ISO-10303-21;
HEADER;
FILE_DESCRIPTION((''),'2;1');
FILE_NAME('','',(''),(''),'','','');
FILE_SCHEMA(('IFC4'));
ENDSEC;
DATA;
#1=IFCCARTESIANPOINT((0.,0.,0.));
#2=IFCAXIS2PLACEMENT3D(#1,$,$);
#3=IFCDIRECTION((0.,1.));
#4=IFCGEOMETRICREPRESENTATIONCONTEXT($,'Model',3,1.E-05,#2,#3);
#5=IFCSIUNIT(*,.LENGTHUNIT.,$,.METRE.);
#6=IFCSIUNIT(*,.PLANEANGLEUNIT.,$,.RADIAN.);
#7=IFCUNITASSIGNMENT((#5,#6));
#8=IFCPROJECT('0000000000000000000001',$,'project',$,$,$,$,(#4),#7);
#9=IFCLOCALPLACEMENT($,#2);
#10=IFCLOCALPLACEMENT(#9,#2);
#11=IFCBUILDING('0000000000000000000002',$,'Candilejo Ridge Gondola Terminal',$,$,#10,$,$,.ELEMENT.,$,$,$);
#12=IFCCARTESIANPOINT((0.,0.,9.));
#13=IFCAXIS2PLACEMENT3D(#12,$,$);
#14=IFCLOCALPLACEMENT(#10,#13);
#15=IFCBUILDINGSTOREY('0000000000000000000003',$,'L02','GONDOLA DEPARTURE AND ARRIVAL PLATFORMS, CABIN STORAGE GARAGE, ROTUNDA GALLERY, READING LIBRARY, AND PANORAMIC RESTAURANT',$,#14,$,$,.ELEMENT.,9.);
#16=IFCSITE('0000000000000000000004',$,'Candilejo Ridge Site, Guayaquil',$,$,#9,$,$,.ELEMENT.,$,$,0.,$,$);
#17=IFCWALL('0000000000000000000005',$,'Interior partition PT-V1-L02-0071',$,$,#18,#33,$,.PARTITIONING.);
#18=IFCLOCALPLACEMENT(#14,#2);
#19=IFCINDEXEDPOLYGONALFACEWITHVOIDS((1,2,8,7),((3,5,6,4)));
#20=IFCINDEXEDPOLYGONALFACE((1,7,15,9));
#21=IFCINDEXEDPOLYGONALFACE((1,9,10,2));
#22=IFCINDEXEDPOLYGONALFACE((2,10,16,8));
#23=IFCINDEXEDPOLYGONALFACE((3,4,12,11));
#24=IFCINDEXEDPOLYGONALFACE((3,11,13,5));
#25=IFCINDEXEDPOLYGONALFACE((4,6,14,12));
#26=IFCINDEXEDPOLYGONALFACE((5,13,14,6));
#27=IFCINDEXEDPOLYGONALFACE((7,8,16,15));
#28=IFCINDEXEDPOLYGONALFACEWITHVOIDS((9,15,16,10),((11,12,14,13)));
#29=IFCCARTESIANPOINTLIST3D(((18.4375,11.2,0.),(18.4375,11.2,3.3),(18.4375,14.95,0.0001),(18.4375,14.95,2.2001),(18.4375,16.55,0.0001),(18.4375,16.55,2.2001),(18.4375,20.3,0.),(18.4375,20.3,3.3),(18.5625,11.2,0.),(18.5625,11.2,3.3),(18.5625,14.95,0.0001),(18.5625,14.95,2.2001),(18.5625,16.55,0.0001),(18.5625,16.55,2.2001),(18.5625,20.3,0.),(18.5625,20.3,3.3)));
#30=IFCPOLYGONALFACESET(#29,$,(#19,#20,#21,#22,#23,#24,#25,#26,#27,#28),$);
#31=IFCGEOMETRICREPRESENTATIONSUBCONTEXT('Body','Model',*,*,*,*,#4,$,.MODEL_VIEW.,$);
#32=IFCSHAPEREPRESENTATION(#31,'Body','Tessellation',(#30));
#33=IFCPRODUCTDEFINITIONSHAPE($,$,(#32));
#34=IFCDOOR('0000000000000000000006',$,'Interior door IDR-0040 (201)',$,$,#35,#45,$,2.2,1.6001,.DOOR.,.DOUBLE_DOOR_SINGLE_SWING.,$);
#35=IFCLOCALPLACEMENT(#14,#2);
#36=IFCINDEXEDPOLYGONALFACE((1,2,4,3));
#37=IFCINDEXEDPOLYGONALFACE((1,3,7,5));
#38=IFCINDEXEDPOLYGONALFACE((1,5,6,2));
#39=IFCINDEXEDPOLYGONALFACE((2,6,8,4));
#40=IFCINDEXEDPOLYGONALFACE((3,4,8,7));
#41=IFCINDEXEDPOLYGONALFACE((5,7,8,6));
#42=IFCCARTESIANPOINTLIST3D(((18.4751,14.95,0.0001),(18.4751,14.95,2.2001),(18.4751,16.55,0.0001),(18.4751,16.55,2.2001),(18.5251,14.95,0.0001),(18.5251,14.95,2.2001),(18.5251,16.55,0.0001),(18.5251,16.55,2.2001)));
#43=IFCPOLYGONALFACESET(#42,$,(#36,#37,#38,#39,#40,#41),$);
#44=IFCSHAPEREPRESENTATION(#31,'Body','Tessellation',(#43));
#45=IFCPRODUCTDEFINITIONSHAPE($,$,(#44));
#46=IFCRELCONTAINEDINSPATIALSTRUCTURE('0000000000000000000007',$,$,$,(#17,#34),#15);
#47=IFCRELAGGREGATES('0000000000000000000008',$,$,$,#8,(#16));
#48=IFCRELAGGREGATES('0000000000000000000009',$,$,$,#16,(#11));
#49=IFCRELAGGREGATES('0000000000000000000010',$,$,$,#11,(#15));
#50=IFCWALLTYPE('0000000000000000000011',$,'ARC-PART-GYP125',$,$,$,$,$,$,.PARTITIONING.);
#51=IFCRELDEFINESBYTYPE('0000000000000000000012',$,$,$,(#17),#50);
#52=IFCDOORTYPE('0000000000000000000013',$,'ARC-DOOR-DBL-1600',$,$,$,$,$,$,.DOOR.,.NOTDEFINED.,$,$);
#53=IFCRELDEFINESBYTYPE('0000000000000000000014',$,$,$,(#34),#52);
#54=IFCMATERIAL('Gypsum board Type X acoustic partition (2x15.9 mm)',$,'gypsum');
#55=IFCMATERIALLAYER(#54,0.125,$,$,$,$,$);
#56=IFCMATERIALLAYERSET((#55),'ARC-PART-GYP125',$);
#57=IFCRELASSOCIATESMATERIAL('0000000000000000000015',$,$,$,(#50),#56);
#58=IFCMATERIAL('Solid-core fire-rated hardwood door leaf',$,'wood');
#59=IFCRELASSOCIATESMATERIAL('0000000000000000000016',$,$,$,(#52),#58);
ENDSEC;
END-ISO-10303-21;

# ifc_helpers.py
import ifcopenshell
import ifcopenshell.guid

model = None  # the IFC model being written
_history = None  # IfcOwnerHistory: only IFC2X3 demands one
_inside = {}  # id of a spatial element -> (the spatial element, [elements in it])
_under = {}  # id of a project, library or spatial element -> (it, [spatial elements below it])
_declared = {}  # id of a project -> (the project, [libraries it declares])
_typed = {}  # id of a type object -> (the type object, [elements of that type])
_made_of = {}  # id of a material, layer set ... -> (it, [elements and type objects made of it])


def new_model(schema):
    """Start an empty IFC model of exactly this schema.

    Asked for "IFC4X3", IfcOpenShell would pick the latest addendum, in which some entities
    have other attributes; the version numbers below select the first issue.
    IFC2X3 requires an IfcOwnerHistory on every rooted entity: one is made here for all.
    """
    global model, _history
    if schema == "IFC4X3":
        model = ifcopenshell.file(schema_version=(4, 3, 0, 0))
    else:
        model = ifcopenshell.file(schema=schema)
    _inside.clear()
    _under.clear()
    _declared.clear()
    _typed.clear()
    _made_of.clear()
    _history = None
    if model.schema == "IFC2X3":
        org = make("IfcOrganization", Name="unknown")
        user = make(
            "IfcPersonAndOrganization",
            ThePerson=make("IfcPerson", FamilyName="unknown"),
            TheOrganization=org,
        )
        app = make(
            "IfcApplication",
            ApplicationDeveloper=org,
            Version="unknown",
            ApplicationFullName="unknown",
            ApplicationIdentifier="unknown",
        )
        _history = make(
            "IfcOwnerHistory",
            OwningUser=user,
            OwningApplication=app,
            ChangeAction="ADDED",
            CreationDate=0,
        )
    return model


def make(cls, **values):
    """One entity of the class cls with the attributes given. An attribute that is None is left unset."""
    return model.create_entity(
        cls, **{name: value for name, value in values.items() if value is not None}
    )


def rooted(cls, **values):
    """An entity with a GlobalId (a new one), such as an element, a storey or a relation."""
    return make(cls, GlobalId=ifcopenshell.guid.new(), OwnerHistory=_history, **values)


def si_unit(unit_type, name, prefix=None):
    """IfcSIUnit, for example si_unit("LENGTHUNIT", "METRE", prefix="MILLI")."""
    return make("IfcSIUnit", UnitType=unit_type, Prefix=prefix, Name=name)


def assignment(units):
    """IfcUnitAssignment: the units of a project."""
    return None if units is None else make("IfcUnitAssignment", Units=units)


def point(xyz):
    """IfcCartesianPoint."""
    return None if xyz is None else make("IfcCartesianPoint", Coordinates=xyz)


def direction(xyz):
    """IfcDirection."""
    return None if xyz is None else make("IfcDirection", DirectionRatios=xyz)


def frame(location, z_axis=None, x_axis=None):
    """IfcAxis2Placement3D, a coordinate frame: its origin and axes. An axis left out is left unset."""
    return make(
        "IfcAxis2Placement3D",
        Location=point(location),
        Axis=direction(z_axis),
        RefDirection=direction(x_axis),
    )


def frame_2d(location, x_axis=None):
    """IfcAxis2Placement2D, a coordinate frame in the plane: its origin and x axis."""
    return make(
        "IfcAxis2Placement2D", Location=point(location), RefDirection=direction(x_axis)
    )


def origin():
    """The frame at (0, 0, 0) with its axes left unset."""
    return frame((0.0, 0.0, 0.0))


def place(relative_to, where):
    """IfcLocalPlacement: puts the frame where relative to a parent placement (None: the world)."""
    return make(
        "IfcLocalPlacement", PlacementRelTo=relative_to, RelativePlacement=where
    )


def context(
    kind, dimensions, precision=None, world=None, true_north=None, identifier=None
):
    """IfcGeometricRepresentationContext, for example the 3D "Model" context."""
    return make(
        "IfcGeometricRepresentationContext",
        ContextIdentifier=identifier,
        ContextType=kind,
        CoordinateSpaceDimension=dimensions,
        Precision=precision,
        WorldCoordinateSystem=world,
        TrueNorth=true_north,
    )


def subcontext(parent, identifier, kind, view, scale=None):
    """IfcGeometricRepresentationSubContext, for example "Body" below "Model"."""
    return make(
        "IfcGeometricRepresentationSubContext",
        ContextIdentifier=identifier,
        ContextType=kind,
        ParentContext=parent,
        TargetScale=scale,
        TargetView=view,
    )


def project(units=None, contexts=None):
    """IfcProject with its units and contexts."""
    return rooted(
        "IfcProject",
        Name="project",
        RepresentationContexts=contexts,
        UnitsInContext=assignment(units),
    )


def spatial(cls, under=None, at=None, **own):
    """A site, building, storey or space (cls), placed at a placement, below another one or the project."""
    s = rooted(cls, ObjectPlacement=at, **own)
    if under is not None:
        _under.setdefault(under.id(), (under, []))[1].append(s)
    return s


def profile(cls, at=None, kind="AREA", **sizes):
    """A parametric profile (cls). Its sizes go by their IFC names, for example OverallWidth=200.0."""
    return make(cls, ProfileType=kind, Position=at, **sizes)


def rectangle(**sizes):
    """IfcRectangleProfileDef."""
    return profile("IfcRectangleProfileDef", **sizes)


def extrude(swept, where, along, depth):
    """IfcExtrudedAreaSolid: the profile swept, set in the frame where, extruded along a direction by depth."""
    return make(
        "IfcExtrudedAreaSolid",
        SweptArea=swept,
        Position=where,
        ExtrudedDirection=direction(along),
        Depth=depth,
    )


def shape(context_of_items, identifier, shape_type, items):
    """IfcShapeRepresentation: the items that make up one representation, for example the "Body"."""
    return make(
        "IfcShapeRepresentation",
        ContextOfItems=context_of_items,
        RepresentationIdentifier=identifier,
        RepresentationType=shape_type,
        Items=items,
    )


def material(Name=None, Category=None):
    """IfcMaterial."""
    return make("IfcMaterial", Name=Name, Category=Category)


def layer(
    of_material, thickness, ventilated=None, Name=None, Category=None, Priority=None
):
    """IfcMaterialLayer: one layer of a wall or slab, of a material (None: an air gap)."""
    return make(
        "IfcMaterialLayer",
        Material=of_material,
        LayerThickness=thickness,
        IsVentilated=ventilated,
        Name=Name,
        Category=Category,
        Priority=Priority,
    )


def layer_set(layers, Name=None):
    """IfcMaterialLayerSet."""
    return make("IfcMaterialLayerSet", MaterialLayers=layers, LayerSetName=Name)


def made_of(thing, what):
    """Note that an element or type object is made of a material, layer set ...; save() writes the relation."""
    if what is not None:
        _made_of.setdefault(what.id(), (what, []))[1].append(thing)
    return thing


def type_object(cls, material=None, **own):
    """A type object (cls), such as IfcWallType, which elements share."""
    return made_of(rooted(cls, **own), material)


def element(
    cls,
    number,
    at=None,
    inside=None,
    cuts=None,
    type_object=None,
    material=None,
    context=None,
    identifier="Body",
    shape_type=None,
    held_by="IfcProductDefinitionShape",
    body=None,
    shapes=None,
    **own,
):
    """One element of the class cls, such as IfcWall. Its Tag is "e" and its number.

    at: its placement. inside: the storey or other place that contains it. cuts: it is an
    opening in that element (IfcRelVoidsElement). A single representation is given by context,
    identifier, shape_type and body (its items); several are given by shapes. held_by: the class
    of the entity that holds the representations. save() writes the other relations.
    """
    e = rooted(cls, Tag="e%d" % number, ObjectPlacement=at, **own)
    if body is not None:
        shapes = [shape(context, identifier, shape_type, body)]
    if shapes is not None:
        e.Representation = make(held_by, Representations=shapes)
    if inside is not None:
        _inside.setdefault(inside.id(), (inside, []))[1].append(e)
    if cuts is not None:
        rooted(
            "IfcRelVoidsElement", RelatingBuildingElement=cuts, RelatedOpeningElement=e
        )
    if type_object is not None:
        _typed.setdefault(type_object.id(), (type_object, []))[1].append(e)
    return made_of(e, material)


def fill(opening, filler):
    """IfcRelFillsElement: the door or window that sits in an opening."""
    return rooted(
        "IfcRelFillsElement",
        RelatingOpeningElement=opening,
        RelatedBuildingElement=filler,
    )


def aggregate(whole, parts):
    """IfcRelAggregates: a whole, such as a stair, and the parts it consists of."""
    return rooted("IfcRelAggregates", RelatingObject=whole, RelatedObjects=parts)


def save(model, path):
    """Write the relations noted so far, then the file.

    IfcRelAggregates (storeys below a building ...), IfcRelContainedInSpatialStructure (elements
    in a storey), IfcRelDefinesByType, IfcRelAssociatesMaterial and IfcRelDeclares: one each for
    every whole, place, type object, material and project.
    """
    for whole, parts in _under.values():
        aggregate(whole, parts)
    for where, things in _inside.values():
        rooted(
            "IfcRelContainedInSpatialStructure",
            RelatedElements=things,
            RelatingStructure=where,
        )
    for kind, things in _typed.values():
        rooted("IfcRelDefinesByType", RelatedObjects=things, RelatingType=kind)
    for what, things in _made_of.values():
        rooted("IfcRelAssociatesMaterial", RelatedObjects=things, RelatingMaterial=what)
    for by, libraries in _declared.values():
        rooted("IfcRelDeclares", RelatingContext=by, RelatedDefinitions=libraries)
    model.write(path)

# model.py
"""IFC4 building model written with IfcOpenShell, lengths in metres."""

from ifc_helpers import new_model, si_unit, direction, frame, frame_2d, origin, place, context, subcontext, project, spatial, rectangle, extrude, material, layer, layer_set, type_object, element, fill, save


model = new_model("IFC4")

# Units and contexts
model_context = context("Model", 3, precision=1e-05, world=origin(), true_north=direction((0.0, 1.0)))
body_context = subcontext(model_context, "Body", "Model", "MODEL_VIEW")
ifc_project = project(units=[si_unit("LENGTHUNIT", "METRE"), si_unit("PLANEANGLEUNIT", "RADIAN")], contexts=[model_context])

# Site, building, storey
site_placement = place(None, origin())
site = spatial("IfcSite", under=ifc_project, at=site_placement, Name="Candilejo Ridge Site, Guayaquil", CompositionType="ELEMENT", RefElevation=0.0)
building_placement = place(site_placement, origin())
building = spatial("IfcBuilding", under=site, at=building_placement, Name="Candilejo Ridge Gondola Terminal", CompositionType="ELEMENT")
storey_placement = place(building_placement, frame((0.0, 0.0, 9.0)))
storey = spatial("IfcBuildingStorey", under=building, at=storey_placement, Name="L02", Description="GONDOLA DEPARTURE AND ARRIVAL PLATFORMS, CABIN STORAGE GARAGE, ROTUNDA GALLERY, READING LIBRARY, AND PANORAMIC RESTAURANT", CompositionType="ELEMENT", Elevation=9.0)

# Wall, opening, door
ifc_material_1 = material(Name="Gypsum board Type X acoustic partition (2x15.9 mm)", Category="gypsum")
ifc_layer_1 = layer(ifc_material_1, 0.125)
ifc_layer_set_1 = layer_set([ifc_layer_1], Name="ARC-PART-GYP125")
wall_type = type_object("IfcWallType", Name="ARC-PART-GYP125", PredefinedType="PARTITIONING", material=ifc_layer_set_1)
wall_placement = place(storey_placement, frame((18.5, 11.2, 0.0), z_axis=(0.0, 0.0, 1.0), x_axis=(0.0, 1.0, 0.0)))
wall = element("IfcWall", 1, at=wall_placement, inside=storey, type_object=wall_type, Name="Interior partition PT-V1-L02-0071", PredefinedType="PARTITIONING", context=body_context, shape_type="SweptSolid", body=[
    extrude(rectangle(XDim=9.1001, YDim=0.125, at=frame_2d((4.55, 0.0))), origin(), (0.0, 0.0, 1.0), 3.3),
])
opening_placement = place(wall_placement, frame((3.75, 0.0, 0.0)))
opening = element("IfcOpeningElement", 2, at=opening_placement, cuts=wall, PredefinedType="OPENING", context=body_context, shape_type="SweptSolid", body=[
    extrude(rectangle(XDim=1.6001, YDim=2.2, at=frame_2d((0.8, 1.1001))), frame((0.0, 0.0725, 0.0), z_axis=(0.0, -1.0, 0.0), x_axis=(1.0, 0.0, 0.0)), (0.0, 0.0, 1.0), 0.145),
])
ifc_material_2 = material(Name="Solid-core fire-rated hardwood door leaf", Category="wood")
door_type = type_object("IfcDoorType", Name="ARC-DOOR-DBL-1600", OperationType="NOTDEFINED", PredefinedType="DOOR", material=ifc_material_2)
door_placement = place(opening_placement, origin())
door = element("IfcDoor", 3, at=door_placement, inside=storey, type_object=door_type, Name="Interior door IDR-0040 (201)", OperationType="DOUBLE_DOOR_SINGLE_SWING", OverallHeight=2.2, OverallWidth=1.6001, PredefinedType="DOOR", context=body_context, shape_type="SweptSolid", body=[
    extrude(rectangle(XDim=1.6001, YDim=2.2, at=frame_2d((0.8, 1.1001))), frame((0.0, 0.0249, 0.0), z_axis=(0.0, -1.0, 0.0), x_axis=(1.0, 0.0, 0.0)), (0.0, 0.0, 1.0), 0.05),
])
fill(opening, door)

save(model, "model.ifc")
